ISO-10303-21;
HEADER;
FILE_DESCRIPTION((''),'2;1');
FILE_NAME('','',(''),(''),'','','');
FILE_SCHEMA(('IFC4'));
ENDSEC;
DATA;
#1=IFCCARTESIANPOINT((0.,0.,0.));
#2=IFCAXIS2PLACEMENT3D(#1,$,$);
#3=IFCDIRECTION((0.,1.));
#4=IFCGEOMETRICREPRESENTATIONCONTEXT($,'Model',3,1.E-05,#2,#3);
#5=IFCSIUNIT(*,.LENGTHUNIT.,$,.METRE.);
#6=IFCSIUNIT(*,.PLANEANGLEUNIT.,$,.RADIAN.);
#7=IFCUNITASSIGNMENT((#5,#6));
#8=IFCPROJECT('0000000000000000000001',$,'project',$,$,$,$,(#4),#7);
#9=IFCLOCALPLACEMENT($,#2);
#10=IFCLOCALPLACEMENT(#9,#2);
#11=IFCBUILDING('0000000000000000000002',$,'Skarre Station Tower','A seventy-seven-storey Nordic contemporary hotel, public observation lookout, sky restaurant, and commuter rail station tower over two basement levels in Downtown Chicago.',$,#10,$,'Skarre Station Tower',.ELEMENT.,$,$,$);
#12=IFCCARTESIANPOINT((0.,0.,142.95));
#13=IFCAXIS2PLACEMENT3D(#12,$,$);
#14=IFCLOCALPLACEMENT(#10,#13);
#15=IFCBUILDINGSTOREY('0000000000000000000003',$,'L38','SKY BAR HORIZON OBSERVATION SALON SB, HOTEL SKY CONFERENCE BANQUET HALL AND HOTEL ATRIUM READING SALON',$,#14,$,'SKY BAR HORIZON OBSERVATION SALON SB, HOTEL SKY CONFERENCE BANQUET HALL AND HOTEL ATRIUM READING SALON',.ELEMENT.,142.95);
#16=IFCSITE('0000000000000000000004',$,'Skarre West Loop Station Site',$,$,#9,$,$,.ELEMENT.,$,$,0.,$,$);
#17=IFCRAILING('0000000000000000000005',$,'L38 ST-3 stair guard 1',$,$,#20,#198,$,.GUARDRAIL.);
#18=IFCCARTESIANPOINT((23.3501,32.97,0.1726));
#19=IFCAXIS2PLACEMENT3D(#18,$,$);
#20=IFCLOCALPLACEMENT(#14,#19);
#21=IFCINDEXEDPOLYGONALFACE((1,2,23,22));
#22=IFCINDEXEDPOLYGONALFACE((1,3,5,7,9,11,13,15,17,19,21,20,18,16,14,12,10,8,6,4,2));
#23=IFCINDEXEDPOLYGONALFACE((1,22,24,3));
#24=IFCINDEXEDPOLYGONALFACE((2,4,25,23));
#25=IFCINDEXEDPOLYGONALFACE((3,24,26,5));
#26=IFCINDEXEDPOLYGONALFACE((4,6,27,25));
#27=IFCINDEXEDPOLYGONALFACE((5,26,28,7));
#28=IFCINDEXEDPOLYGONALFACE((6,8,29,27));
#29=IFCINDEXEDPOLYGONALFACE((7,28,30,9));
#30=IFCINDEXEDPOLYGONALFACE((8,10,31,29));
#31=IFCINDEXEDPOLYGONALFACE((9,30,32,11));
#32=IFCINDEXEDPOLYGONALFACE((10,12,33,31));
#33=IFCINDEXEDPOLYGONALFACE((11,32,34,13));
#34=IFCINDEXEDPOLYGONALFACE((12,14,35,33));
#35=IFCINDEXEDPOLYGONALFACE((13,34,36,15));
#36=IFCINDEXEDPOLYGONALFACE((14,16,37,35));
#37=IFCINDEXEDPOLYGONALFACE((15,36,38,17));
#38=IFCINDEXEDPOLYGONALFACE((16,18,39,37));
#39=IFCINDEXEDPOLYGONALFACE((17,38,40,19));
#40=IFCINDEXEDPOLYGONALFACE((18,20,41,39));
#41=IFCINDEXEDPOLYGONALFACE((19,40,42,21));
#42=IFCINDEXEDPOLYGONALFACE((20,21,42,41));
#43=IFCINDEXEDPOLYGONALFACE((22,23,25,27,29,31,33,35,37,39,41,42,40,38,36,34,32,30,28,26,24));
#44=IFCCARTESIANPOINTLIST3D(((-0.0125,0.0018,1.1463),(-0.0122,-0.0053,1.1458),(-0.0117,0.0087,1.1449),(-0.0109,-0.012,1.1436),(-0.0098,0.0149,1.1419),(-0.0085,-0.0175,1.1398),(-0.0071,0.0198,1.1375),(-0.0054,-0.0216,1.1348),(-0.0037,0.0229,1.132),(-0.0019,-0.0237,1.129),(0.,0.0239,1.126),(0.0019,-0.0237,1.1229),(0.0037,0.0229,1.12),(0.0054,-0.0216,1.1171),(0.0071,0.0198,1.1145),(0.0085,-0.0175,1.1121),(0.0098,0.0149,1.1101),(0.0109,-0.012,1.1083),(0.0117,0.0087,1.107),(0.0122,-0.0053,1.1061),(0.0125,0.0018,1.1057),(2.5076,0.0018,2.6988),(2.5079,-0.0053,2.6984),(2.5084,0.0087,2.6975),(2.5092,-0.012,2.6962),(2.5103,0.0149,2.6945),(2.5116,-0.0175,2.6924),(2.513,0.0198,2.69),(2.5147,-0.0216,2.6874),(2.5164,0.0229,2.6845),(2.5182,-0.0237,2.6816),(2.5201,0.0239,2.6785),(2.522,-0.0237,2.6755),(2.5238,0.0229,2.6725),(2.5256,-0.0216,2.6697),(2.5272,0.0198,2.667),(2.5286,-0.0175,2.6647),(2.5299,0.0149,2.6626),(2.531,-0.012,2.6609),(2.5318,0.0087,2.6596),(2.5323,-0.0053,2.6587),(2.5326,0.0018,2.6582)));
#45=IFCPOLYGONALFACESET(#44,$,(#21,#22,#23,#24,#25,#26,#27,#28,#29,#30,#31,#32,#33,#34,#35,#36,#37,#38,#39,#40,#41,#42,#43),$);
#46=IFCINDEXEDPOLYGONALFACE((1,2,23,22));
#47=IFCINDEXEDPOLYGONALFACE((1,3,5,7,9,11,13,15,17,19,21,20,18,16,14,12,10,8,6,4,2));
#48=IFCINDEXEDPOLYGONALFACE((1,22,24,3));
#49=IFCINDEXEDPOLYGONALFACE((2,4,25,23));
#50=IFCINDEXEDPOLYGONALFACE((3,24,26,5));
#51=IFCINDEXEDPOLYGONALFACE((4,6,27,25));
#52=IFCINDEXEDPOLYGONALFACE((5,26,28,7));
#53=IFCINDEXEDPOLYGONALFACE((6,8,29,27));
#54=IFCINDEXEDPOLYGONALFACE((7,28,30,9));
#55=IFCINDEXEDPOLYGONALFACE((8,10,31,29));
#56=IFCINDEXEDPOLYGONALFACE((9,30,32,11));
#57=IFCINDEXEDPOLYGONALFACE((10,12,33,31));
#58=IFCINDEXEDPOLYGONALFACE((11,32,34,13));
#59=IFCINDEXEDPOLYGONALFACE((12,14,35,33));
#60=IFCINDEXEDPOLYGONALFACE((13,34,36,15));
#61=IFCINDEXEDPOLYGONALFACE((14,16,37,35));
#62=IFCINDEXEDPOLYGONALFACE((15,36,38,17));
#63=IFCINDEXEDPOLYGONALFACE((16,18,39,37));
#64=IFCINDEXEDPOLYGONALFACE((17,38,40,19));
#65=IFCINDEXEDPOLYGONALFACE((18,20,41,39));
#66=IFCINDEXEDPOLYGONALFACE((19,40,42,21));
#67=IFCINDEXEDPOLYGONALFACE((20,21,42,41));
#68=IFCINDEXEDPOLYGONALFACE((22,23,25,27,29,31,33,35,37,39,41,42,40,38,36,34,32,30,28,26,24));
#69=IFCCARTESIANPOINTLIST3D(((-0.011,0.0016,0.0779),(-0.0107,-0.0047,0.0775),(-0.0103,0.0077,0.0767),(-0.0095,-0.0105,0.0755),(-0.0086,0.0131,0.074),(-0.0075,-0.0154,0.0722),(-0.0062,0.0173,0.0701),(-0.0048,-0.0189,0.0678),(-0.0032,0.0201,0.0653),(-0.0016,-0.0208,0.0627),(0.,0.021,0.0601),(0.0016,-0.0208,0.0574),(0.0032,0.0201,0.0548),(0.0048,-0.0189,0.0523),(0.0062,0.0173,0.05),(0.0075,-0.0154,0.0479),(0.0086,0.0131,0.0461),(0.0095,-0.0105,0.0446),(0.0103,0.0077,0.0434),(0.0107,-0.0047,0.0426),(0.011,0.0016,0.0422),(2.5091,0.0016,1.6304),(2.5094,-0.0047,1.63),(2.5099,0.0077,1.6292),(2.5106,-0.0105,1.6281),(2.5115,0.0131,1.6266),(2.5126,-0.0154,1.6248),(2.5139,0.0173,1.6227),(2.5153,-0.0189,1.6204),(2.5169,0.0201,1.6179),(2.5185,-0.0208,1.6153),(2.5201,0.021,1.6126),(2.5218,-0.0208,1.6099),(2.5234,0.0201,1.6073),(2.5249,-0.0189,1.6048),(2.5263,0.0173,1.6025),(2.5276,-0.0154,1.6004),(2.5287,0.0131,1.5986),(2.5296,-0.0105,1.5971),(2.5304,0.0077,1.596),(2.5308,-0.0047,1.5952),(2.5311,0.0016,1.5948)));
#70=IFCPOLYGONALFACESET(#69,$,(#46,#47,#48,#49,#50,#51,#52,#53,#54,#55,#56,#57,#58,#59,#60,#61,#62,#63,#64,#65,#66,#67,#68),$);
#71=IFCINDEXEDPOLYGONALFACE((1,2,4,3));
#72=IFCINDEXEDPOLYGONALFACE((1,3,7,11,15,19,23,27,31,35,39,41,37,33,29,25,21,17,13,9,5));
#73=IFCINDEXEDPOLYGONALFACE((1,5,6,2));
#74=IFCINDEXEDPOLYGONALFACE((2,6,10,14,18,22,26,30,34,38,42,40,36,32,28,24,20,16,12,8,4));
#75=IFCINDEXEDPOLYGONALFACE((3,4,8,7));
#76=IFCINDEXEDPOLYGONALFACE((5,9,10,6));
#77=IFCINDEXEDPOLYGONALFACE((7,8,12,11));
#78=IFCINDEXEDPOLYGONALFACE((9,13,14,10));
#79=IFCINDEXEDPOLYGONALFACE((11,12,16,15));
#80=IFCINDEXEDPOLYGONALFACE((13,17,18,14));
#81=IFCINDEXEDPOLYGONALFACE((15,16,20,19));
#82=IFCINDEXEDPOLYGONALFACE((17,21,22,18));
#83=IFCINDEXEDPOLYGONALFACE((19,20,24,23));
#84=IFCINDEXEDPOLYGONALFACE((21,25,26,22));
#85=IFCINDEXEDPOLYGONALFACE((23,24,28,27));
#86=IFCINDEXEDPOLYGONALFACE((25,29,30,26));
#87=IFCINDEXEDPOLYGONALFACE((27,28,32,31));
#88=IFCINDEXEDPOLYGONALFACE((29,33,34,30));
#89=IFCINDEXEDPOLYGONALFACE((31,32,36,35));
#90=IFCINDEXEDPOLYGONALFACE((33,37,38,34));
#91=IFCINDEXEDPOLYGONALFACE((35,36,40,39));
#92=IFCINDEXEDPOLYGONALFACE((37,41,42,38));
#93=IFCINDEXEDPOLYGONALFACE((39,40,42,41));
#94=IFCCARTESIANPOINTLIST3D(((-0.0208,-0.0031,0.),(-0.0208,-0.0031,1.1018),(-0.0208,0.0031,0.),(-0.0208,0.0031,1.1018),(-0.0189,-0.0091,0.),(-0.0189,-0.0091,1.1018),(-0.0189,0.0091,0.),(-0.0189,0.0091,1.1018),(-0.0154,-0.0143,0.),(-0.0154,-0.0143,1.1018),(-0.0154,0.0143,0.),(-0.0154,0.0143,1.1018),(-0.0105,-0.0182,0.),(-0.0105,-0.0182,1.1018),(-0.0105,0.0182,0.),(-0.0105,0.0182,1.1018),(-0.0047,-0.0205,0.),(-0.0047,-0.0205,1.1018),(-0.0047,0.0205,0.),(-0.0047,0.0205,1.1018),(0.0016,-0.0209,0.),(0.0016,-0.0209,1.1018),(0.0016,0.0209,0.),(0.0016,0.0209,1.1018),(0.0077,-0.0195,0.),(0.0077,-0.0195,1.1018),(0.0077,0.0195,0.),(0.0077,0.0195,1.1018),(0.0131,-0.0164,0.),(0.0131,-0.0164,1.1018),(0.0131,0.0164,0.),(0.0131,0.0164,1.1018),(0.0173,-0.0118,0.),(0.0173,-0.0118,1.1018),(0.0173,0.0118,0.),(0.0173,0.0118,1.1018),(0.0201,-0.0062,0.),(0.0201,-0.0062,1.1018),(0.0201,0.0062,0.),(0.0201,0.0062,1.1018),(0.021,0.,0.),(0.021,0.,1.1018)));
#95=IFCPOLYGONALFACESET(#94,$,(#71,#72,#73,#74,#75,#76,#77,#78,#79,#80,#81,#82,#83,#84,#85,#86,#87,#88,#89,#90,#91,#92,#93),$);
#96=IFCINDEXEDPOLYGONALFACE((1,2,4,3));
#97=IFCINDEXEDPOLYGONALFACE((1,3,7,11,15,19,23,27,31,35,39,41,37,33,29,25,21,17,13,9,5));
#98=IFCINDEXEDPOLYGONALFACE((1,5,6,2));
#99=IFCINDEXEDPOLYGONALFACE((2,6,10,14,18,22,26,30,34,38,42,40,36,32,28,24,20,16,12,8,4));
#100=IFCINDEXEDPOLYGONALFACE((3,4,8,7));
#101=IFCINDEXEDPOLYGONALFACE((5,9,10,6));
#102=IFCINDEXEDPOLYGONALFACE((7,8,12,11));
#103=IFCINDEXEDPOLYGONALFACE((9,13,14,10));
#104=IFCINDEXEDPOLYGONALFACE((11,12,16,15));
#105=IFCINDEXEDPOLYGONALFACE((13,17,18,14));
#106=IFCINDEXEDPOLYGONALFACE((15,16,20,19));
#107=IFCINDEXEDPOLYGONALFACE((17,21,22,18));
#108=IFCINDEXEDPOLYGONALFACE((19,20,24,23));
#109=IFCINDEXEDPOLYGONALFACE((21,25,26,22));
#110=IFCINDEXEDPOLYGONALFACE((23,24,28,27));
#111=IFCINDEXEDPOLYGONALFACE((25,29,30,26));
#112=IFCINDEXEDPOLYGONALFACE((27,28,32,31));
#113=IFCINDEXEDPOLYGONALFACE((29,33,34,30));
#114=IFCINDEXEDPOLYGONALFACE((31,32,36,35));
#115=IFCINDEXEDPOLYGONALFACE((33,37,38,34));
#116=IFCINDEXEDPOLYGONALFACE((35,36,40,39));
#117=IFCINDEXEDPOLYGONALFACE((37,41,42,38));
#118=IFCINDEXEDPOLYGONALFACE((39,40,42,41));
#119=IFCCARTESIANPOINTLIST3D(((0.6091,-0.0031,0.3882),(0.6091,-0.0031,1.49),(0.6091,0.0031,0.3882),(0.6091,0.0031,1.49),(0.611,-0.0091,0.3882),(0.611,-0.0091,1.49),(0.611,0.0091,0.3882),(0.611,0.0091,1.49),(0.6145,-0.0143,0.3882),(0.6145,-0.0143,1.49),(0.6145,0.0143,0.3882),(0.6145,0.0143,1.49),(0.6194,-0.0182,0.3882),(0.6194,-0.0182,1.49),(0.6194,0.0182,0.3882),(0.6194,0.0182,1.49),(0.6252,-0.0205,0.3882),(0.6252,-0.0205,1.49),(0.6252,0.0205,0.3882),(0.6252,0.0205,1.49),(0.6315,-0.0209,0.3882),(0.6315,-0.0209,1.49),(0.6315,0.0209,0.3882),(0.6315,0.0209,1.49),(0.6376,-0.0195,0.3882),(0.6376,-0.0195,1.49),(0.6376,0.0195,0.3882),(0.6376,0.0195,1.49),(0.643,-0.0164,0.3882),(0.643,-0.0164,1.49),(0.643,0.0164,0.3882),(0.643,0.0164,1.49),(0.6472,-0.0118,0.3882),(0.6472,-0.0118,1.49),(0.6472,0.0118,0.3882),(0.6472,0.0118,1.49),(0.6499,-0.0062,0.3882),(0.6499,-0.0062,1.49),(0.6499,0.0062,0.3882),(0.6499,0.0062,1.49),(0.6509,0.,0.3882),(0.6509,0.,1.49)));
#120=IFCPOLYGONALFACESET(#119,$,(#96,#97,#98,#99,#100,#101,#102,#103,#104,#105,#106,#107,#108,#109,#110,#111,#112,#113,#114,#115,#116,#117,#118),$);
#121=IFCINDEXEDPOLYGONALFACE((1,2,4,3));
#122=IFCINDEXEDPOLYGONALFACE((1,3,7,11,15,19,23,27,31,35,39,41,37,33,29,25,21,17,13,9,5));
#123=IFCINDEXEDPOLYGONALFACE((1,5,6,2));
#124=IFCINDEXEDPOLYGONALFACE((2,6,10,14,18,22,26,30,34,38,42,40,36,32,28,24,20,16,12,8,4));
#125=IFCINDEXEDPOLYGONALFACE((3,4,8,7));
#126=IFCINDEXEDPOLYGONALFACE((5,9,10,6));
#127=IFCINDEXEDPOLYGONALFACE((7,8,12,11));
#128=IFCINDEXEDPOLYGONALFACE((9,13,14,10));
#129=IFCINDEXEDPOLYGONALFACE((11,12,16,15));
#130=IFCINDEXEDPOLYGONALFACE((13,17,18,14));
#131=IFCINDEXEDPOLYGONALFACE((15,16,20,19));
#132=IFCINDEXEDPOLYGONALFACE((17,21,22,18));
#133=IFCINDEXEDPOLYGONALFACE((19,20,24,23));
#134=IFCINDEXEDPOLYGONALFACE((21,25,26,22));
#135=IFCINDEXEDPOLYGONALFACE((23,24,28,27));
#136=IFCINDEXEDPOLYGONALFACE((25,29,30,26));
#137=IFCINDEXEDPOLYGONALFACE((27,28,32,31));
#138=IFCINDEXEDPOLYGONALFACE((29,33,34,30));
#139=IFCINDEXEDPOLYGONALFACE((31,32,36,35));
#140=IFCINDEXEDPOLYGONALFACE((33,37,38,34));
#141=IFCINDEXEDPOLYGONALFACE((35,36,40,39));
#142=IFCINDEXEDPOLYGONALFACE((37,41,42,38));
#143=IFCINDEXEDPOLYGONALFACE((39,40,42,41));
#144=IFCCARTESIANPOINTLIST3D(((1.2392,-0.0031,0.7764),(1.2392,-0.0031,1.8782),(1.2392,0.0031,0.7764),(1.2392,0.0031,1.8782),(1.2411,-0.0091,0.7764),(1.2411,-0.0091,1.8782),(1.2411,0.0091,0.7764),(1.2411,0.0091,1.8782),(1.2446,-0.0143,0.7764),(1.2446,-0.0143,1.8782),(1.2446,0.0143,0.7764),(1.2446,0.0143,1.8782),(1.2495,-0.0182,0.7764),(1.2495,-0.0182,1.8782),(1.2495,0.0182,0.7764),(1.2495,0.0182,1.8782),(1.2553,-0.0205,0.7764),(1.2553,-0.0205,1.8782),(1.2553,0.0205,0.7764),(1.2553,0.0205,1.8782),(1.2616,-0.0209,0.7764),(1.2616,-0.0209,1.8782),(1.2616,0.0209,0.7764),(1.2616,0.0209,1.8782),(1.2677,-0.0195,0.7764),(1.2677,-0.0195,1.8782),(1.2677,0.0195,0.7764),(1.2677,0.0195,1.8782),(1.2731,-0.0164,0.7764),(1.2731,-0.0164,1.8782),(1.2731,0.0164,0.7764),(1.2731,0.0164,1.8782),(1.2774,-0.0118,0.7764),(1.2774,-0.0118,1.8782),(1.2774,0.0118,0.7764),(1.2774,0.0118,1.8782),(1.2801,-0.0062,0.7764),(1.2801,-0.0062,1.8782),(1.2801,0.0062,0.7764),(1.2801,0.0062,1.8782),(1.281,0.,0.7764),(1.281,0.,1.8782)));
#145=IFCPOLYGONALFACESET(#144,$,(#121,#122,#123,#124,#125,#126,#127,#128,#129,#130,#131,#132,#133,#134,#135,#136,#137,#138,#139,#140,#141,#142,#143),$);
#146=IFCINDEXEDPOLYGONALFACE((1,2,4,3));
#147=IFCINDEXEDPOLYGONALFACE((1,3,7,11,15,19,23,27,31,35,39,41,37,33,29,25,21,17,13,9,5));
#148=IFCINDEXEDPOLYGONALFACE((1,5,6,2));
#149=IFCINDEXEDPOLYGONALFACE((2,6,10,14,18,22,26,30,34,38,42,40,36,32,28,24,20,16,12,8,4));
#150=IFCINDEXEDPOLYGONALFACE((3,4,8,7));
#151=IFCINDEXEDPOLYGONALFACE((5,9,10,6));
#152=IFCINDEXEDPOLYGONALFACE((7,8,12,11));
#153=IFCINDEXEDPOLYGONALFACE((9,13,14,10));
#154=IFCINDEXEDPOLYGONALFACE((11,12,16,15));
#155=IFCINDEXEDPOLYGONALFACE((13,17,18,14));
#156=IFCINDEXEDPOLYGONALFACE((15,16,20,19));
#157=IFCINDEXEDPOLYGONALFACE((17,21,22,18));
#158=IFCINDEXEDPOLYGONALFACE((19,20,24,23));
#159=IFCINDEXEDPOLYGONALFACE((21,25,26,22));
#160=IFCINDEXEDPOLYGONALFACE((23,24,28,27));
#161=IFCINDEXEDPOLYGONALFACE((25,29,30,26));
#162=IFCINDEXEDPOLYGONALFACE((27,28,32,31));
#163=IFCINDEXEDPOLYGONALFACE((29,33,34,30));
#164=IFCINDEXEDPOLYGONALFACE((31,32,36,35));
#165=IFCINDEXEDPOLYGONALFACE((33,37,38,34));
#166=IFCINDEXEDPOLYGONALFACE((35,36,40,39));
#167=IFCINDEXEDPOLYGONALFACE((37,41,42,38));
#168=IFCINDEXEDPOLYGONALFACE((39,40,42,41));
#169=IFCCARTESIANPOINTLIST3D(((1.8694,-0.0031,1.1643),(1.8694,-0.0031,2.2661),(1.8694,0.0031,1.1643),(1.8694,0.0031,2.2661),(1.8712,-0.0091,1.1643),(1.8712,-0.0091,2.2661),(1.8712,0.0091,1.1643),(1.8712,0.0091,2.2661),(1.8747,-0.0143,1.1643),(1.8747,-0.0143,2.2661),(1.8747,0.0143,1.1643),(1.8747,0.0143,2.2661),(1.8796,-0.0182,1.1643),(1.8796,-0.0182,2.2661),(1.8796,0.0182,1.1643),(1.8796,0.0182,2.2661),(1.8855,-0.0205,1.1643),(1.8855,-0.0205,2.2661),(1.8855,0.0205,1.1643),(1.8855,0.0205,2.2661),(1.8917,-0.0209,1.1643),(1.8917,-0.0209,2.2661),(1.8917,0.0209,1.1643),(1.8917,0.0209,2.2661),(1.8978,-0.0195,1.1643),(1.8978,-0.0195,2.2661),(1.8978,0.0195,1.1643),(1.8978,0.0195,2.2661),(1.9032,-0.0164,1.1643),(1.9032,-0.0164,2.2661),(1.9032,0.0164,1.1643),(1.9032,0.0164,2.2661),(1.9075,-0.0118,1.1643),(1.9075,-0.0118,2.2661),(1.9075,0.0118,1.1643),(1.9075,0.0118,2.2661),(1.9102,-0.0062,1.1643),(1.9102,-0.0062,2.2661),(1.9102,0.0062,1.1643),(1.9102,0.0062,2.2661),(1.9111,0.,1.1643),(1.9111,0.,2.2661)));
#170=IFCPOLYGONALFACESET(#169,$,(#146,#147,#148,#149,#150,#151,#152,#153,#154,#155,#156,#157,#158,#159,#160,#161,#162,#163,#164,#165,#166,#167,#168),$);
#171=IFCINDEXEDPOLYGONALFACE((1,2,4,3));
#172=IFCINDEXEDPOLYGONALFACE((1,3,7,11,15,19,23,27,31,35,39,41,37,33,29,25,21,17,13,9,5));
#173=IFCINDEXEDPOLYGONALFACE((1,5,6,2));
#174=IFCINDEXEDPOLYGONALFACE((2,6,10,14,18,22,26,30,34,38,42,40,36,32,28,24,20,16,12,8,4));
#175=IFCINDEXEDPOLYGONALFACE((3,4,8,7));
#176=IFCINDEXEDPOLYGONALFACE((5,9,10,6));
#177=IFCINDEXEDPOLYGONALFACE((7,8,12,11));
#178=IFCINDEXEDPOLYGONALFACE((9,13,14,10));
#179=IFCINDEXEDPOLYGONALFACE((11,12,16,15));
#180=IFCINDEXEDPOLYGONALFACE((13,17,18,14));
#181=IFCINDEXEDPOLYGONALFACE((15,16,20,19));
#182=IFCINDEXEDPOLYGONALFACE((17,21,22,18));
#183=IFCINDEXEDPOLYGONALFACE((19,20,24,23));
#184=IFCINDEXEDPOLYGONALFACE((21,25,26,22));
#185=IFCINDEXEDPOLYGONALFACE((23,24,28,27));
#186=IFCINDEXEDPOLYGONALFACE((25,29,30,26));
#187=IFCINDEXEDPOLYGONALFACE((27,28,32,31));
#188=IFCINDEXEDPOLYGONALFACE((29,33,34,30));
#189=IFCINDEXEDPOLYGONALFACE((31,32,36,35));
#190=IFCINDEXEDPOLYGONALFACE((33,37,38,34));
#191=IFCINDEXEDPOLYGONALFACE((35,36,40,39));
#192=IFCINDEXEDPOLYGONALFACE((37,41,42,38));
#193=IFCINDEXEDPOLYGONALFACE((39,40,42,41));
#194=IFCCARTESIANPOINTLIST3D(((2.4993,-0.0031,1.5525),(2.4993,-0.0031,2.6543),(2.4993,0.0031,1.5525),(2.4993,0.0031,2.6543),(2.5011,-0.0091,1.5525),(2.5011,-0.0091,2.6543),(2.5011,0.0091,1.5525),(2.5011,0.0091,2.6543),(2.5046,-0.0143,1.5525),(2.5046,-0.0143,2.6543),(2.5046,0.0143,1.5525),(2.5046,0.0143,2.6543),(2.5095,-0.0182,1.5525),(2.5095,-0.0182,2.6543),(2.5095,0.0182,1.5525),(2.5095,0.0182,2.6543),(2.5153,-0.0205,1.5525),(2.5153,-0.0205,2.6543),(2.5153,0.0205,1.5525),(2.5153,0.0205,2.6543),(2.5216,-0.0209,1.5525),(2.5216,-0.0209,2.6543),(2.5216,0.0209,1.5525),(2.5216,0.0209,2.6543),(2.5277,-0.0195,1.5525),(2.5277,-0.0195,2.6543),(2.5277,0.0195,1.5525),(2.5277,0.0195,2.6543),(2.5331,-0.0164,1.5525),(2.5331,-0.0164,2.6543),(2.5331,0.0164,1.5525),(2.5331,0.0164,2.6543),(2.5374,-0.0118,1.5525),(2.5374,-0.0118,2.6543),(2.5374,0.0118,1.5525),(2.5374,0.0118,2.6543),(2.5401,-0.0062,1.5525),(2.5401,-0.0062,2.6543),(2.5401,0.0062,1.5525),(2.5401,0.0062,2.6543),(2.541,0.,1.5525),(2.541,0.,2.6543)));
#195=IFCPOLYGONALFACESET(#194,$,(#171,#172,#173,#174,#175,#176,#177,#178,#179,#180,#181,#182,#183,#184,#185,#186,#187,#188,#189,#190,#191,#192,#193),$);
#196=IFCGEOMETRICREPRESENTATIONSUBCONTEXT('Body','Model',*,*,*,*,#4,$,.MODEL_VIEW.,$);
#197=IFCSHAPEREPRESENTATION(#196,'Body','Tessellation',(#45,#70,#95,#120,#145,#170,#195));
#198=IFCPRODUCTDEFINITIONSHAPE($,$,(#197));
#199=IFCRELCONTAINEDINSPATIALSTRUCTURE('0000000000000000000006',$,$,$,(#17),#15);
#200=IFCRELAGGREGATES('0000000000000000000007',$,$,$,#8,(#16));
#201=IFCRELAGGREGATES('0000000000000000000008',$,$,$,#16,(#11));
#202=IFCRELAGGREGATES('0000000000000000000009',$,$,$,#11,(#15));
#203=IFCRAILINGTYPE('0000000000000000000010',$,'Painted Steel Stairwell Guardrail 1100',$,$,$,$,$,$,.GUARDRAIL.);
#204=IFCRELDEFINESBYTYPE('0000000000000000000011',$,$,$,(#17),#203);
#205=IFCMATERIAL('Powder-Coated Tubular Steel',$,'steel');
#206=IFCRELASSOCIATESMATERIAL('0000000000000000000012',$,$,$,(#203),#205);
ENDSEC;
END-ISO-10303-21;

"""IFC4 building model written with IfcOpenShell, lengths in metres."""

from ifc_helpers import new_model, si_unit, direction, frame, origin, origin_2d, place, context, subcontext, project, spatial, circle, extrude, material, type_object, element, save


model = new_model("IFC4")

# Units and contexts
model_context = context("Model", 3, precision=1e-05, world=origin(), true_north=direction((0.0, 1.0)))
body_context = subcontext(model_context, "Body", "Model", "MODEL_VIEW")
ifc_project = project(units=[si_unit("LENGTHUNIT", "METRE"), si_unit("PLANEANGLEUNIT", "RADIAN")], contexts=[model_context])

# Site, building, storey
site_placement = place(None, origin())
site = spatial("IfcSite", under=ifc_project, at=site_placement, Name="Skarre West Loop Station Site", CompositionType="ELEMENT", RefElevation=0.0)
building_placement = place(site_placement, origin())
building = spatial("IfcBuilding", under=site, at=building_placement, Name="Skarre Station Tower", Description="A seventy-seven-storey Nordic contemporary hotel, public observation lookout, sky restaurant, and commuter rail station tower over two basement levels in Downtown Chicago.", LongName="Skarre Station Tower", CompositionType="ELEMENT")
storey_placement = place(building_placement, frame((0.0, 0.0, 142.95)))
storey = spatial("IfcBuildingStorey", under=building, at=storey_placement, Name="L38", Description="SKY BAR HORIZON OBSERVATION SALON SB, HOTEL SKY CONFERENCE BANQUET HALL AND HOTEL ATRIUM READING SALON", LongName="SKY BAR HORIZON OBSERVATION SALON SB, HOTEL SKY CONFERENCE BANQUET HALL AND HOTEL ATRIUM READING SALON", CompositionType="ELEMENT", Elevation=142.95)

# Railing
ifc_material_1 = material(Name="Powder-Coated Tubular Steel", Category="steel")
railing_type_1 = type_object("IfcRailingType", Name="Painted Steel Stairwell Guardrail 1100", PredefinedType="GUARDRAIL", material=ifc_material_1)
railing_1_placement = place(storey_placement, frame((23.3501, 32.97, 0.1726)))
element("IfcRailing", 1, at=railing_1_placement, inside=storey, type_object=railing_type_1, Name="L38 ST-3 stair guard 1", PredefinedType="GUARDRAIL", context=body_context, shape_type="SweptSolid", body=[
    extrude(circle(Radius=0.0239, at=origin_2d()), frame((0.0, 0.0, 1.126), z_axis=(0.8514, 0.0, 0.524516), x_axis=(0.0, 1.0, 0.0)), (0.0, 0.0, 1.0), 2.96),
    extrude(circle(Radius=0.021, at=origin_2d()), frame((0.0, 0.0, 0.0601), z_axis=(0.8514, 0.0, 0.524516), x_axis=(0.0, 1.0, 0.0)), (0.0, 0.0, 1.0), 2.96),
    extrude(circle(Radius=0.021, at=origin_2d()), origin(), (0.0, 0.0, 1.0), 1.1018),
    extrude(circle(Radius=0.021, at=origin_2d()), frame((0.6299, 0.0, 0.3882)), (0.0, 0.0, 1.0), 1.1018),
    extrude(circle(Radius=0.021, at=origin_2d()), frame((1.26, 0.0, 0.7764)), (0.0, 0.0, 1.0), 1.1018),
    extrude(circle(Radius=0.021, at=origin_2d()), frame((1.8901, 0.0, 1.1643)), (0.0, 0.0, 1.0), 1.1018),
    extrude(circle(Radius=0.021, at=origin_2d()), frame((2.52, 0.0, 1.5525)), (0.0, 0.0, 1.0), 1.1018),
])

save(model, "model.ifc")
